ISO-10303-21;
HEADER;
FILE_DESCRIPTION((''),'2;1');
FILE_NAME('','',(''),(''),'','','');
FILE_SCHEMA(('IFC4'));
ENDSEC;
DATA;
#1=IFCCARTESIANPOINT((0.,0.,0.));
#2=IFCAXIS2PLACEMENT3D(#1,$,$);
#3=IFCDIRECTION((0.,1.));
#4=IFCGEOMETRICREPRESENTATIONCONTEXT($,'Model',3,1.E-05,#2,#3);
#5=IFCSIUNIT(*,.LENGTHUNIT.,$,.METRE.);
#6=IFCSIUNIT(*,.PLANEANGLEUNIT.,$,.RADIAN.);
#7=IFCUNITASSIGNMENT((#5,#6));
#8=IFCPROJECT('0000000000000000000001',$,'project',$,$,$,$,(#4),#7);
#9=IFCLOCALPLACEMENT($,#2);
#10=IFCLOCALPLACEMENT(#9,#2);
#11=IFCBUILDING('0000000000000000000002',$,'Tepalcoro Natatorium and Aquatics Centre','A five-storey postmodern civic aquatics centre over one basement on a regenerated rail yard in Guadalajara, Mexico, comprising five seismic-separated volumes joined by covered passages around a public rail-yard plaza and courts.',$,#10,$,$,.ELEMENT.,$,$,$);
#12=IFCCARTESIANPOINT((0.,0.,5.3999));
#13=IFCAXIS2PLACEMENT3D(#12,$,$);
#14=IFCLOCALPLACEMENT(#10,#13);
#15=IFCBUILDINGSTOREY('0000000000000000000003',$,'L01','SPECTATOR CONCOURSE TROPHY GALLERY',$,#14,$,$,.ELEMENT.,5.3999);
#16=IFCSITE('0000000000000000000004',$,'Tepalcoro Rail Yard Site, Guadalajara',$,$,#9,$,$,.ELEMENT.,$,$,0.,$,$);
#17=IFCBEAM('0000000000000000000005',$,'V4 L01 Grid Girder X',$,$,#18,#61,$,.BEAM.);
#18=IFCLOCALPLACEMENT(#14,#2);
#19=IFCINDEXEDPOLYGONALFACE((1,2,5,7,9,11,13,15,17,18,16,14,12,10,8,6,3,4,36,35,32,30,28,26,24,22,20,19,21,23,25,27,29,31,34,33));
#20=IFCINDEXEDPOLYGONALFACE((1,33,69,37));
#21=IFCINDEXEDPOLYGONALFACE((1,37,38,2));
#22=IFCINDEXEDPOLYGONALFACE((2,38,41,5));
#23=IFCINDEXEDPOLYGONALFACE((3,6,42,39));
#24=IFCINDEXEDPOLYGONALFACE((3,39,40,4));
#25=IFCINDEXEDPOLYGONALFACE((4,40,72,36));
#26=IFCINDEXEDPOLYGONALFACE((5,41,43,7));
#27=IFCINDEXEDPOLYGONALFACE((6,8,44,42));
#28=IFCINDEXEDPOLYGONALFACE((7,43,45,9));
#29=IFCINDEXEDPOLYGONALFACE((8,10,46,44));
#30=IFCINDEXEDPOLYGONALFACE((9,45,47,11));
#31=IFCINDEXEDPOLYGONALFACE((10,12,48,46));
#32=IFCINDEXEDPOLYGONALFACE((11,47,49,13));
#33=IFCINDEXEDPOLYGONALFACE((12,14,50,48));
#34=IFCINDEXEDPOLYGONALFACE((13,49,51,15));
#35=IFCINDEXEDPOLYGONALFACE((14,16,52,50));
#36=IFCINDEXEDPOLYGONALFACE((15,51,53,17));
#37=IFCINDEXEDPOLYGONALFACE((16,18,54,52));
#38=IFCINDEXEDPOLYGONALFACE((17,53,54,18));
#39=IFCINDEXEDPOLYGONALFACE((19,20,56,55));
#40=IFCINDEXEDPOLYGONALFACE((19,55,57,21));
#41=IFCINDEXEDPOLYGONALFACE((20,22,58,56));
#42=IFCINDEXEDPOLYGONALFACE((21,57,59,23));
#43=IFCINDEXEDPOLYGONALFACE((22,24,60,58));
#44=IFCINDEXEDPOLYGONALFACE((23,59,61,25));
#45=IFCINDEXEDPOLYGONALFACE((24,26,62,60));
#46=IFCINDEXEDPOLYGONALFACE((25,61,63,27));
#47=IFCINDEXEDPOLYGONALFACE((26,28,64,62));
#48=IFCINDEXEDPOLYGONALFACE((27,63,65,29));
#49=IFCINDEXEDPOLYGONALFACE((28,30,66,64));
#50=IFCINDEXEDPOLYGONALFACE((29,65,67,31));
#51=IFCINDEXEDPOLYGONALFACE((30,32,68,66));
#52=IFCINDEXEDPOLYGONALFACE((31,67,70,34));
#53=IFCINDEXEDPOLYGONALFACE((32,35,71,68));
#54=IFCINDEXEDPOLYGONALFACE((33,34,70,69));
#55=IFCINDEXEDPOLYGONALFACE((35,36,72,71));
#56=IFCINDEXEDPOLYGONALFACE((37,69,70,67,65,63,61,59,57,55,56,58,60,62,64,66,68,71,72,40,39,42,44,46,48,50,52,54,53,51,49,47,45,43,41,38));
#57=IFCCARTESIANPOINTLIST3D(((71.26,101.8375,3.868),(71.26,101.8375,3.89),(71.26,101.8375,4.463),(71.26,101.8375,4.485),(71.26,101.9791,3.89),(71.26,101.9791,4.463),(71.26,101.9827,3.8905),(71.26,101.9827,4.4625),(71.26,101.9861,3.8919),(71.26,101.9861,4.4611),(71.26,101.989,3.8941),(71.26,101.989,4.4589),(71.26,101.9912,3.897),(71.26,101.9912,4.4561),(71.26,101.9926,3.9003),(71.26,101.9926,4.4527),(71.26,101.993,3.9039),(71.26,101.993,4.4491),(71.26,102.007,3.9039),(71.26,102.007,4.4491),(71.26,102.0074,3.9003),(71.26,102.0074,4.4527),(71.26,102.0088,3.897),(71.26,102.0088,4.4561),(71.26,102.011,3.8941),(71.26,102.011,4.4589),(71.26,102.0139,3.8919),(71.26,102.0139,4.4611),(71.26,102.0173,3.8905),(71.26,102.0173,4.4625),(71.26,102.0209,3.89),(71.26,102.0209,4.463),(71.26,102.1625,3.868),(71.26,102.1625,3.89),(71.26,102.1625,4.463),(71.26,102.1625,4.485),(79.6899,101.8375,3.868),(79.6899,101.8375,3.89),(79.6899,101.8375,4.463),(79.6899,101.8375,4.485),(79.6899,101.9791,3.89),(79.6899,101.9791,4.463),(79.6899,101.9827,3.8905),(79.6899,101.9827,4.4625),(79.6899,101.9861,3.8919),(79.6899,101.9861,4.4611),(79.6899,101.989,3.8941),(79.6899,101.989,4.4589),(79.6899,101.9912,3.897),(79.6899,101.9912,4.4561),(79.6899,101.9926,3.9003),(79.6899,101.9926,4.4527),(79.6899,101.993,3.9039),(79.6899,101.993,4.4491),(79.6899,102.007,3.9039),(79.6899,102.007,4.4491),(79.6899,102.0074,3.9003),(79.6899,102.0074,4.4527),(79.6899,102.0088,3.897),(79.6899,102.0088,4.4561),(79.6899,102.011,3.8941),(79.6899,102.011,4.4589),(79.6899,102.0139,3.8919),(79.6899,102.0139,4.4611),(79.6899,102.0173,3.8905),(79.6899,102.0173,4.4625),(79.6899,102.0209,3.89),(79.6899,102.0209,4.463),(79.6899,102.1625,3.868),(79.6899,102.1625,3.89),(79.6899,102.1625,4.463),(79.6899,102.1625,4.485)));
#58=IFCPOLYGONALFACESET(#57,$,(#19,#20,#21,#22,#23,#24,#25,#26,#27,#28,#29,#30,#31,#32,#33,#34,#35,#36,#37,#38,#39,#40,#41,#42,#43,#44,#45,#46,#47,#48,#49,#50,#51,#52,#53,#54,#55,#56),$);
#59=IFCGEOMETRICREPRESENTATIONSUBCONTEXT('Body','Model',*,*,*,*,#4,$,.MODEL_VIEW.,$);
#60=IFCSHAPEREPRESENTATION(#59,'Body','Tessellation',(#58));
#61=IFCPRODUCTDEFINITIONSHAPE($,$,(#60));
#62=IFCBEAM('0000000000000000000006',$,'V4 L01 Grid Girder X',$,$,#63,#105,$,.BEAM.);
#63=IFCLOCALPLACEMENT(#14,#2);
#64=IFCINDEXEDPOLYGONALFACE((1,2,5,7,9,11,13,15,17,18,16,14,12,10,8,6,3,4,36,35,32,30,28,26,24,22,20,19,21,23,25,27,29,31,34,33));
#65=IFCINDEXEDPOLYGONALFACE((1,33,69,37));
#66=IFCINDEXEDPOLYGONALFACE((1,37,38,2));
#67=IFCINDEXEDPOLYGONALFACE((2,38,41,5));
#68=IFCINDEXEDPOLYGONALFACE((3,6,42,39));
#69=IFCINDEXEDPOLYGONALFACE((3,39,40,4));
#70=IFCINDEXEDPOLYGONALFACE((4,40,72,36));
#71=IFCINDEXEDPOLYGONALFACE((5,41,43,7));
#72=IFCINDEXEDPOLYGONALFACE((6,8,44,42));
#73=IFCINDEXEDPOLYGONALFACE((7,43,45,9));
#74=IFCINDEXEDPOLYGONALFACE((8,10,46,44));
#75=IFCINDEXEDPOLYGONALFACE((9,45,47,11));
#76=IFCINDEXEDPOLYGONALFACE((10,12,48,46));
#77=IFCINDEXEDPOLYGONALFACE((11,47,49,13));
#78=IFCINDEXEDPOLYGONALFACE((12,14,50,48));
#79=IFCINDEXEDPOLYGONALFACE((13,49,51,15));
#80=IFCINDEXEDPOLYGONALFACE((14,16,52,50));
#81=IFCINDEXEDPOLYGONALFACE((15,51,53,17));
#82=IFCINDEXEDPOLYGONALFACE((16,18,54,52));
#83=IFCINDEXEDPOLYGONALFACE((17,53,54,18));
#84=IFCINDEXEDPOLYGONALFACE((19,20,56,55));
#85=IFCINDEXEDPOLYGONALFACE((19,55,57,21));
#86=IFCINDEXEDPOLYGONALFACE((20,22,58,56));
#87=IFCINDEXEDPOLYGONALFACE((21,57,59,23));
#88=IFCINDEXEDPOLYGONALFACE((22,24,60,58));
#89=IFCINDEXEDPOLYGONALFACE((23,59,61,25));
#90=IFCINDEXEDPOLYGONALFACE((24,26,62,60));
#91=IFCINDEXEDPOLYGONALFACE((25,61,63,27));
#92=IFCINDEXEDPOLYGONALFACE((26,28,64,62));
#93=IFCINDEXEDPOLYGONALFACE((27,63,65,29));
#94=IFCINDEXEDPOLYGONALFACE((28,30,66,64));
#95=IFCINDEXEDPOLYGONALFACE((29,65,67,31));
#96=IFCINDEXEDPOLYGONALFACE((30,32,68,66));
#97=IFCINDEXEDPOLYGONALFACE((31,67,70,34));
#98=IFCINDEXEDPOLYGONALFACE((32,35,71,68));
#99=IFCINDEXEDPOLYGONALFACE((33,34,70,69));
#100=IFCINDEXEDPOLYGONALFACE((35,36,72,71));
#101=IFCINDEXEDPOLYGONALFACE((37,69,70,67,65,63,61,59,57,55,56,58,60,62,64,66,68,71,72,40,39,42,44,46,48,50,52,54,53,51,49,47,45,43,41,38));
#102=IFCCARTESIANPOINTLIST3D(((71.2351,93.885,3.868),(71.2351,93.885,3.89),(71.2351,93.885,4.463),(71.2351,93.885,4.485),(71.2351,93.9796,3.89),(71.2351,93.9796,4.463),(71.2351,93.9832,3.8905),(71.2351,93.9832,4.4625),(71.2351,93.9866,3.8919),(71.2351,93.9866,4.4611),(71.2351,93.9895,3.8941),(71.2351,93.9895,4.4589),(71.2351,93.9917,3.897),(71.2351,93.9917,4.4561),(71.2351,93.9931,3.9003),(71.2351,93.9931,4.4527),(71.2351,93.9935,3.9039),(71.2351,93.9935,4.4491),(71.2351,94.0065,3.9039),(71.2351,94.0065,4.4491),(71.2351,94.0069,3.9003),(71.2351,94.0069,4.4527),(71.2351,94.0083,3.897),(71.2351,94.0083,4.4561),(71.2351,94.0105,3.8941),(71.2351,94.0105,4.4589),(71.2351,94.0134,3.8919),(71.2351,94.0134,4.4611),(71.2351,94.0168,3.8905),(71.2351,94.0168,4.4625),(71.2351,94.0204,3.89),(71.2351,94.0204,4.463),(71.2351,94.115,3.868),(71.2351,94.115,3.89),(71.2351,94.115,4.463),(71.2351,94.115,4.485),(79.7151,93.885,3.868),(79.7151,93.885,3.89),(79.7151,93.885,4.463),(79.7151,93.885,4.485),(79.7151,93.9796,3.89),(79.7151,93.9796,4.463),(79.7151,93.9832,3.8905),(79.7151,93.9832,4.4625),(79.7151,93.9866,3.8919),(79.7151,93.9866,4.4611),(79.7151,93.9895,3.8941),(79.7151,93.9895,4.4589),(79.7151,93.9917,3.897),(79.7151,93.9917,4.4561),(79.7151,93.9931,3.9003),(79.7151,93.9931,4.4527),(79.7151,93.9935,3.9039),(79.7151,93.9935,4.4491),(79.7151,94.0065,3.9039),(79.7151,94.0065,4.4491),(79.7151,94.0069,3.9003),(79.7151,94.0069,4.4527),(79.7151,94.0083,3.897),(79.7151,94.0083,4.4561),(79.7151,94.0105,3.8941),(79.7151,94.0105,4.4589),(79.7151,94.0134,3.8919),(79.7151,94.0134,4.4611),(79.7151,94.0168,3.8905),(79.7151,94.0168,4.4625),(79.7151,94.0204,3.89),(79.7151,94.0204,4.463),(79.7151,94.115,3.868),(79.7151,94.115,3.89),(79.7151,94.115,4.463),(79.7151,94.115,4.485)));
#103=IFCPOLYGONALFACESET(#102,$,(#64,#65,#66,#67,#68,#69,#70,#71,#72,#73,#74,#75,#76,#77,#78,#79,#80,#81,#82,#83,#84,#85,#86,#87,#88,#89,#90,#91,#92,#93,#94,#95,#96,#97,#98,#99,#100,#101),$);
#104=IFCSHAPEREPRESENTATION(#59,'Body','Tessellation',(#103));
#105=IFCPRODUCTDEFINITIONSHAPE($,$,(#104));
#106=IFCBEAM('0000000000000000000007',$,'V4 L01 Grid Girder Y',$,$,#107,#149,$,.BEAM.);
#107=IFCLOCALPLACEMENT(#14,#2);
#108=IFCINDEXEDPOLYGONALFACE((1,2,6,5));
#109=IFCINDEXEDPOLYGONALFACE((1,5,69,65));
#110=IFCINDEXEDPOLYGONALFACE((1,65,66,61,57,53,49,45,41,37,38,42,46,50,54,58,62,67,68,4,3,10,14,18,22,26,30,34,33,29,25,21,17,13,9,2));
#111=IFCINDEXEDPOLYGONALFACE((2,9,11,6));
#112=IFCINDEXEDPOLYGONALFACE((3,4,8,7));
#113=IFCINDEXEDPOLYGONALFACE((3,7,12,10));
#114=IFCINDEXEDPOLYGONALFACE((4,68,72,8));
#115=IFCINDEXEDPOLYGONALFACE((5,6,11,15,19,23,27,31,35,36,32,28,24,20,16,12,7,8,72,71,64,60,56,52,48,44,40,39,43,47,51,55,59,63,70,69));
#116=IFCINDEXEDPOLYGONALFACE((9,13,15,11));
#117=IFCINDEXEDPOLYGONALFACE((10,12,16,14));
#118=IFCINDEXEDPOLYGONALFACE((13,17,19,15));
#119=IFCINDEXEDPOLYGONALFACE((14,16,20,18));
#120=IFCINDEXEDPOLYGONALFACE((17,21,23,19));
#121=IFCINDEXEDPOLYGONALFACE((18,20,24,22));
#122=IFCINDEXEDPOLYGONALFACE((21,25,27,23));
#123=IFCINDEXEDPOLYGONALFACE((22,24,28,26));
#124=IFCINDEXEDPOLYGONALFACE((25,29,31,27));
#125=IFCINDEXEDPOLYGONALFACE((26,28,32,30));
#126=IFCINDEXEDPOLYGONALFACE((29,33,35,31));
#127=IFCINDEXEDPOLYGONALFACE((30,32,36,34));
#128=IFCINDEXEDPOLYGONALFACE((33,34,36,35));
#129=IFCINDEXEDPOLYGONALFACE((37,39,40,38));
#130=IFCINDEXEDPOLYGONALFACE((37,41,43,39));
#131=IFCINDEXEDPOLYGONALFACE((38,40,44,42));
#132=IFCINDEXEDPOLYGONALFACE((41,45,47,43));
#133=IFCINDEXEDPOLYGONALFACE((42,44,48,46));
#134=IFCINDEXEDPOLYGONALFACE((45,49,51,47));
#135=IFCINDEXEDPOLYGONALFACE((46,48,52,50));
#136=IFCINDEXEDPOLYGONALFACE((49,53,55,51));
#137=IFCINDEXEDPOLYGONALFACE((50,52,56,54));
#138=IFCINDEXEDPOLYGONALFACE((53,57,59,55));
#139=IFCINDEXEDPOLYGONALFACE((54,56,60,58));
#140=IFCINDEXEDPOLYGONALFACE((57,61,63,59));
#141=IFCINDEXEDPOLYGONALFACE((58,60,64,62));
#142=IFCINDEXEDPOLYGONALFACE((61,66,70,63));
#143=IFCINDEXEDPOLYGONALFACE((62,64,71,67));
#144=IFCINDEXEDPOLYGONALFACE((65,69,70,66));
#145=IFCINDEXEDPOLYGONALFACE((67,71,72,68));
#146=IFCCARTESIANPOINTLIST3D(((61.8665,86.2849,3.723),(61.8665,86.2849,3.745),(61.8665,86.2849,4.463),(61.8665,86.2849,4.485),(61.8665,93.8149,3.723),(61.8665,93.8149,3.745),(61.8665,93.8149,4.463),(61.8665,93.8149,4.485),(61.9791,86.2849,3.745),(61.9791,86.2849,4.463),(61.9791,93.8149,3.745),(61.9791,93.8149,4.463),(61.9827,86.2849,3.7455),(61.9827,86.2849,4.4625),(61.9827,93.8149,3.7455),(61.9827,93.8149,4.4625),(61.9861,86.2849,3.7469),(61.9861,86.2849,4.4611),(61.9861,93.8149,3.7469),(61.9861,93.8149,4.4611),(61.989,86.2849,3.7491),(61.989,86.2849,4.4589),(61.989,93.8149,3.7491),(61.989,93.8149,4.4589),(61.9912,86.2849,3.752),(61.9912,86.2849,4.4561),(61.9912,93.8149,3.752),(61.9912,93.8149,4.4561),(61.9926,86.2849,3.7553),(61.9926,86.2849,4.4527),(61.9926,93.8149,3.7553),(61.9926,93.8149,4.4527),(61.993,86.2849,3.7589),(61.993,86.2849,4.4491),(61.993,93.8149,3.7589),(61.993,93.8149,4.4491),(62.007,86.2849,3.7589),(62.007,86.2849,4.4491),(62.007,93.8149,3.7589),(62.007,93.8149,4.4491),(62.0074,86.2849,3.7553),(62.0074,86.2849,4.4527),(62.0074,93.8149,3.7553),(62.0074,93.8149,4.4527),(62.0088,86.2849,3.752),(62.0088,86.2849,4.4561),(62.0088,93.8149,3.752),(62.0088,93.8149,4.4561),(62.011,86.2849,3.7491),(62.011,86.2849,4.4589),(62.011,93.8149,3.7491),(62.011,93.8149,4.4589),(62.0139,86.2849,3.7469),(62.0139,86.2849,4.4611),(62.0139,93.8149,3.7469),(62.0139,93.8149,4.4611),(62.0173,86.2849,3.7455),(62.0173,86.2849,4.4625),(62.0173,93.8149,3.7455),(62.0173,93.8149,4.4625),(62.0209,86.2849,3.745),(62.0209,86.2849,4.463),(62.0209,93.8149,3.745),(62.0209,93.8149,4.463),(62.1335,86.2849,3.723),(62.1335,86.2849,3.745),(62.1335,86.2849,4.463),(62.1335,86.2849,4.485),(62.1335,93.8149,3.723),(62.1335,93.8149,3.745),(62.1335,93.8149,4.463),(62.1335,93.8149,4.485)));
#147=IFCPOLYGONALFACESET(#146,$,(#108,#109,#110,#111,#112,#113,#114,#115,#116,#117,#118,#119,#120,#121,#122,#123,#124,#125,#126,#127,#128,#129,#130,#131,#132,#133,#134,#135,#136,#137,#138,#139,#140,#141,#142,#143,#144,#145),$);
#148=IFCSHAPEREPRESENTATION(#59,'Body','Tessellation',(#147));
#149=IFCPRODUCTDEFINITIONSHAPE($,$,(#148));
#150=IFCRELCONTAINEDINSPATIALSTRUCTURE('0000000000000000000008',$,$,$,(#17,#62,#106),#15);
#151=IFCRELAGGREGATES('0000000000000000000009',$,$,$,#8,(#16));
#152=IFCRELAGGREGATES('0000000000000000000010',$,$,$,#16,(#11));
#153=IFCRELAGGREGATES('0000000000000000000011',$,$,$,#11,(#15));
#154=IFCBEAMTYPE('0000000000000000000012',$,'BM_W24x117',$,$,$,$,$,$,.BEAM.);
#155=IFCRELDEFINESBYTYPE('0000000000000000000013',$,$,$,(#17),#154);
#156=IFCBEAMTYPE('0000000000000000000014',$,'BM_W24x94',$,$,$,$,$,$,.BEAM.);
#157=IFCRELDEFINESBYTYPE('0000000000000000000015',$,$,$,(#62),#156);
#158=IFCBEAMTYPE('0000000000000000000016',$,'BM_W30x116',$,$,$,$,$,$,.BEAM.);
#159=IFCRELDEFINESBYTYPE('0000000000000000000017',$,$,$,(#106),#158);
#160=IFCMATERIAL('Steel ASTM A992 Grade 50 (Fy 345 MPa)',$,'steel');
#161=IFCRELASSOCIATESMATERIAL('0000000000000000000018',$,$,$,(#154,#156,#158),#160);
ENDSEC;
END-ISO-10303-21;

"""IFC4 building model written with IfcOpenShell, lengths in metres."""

from ifc_helpers import new_model, si_unit, direction, frame, origin, origin_2d, place, context, subcontext, project, spatial, i_section, extrude, material, material_profile, profile_set, type_object, element, save


model = new_model("IFC4")

# Units and contexts
model_context = context("Model", 3, precision=1e-05, world=origin(), true_north=direction((0.0, 1.0)))
body_context = subcontext(model_context, "Body", "Model", "MODEL_VIEW")
ifc_project = project(units=[si_unit("LENGTHUNIT", "METRE"), si_unit("PLANEANGLEUNIT", "RADIAN")], contexts=[model_context])

# Site, building, storey
site_placement = place(None, origin())
site = spatial("IfcSite", under=ifc_project, at=site_placement, Name="Tepalcoro Rail Yard Site, Guadalajara", CompositionType="ELEMENT", RefElevation=0.0)
building_placement = place(site_placement, origin())
building = spatial("IfcBuilding", under=site, at=building_placement, Name="Tepalcoro Natatorium and Aquatics Centre", Description="A five-storey postmodern civic aquatics centre over one basement on a regenerated rail yard in Guadalajara, Mexico, comprising five seismic-separated volumes joined by covered passages around a public rail-yard plaza and courts.", CompositionType="ELEMENT")
storey_placement = place(building_placement, frame((0.0, 0.0, 5.3999)))
storey = spatial("IfcBuildingStorey", under=building, at=storey_placement, Name="L01", Description="SPECTATOR CONCOURSE TROPHY GALLERY", CompositionType="ELEMENT", Elevation=5.3999)

# Beams
ifc_material_1 = material(Name="Steel ASTM A992 Grade 50 (Fy 345 MPa)", Category="steel")
ifc_material_profile_1 = material_profile(ifc_material_1, i_section(OverallWidth=0.325, OverallDepth=0.6169, WebThickness=0.0139, FlangeThickness=0.022, FilletRadius=0.0139, at=origin_2d()), Name="W24X117")
ifc_profile_set_1 = profile_set([ifc_material_profile_1], Name="Steel ASTM A992 Grade 50 (Fy 345 MPa)")
beam_type_1 = type_object("IfcBeamType", Name="BM_W24x117", PredefinedType="BEAM", material=ifc_profile_set_1)
beam_1_placement = place(storey_placement, frame((71.26, 102.0, 4.1765), z_axis=(1.0, 0.0, 0.0), x_axis=(0.0, 1.0, 0.0)))
element("IfcBeam", 1, at=beam_1_placement, inside=storey, type_object=beam_type_1, Name="V4 L01 Grid Girder X", PredefinedType="BEAM", context=body_context, shape_type="SweptSolid", body=[
    extrude(i_section(OverallWidth=0.325, OverallDepth=0.6169, WebThickness=0.0139, FlangeThickness=0.022, FilletRadius=0.0139, at=origin_2d()), origin(), (0.0, 0.0, 1.0), 8.4299),
])
ifc_material_profile_2 = material_profile(ifc_material_1, i_section(OverallWidth=0.23, OverallDepth=0.6169, WebThickness=0.0129, FlangeThickness=0.022, FilletRadius=0.0139, at=origin_2d()), Name="W24X94")
ifc_profile_set_2 = profile_set([ifc_material_profile_2], Name="Steel ASTM A992 Grade 50 (Fy 345 MPa)")
beam_type_2 = type_object("IfcBeamType", Name="BM_W24x94", PredefinedType="BEAM", material=ifc_profile_set_2)
beam_2_placement = place(storey_placement, frame((71.2351, 94.0, 4.1765), z_axis=(1.0, 0.0, 0.0), x_axis=(0.0, 1.0, 0.0)))
element("IfcBeam", 2, at=beam_2_placement, inside=storey, type_object=beam_type_2, Name="V4 L01 Grid Girder X", PredefinedType="BEAM", context=body_context, shape_type="SweptSolid", body=[
    extrude(i_section(OverallWidth=0.23, OverallDepth=0.6169, WebThickness=0.0129, FlangeThickness=0.022, FilletRadius=0.0139, at=origin_2d()), origin(), (0.0, 0.0, 1.0), 8.48),
])
ifc_material_profile_3 = material_profile(ifc_material_1, i_section(OverallWidth=0.2671, OverallDepth=0.762, WebThickness=0.0139, FlangeThickness=0.022, FilletRadius=0.0139, at=origin_2d()), Name="W30X116")
ifc_profile_set_3 = profile_set([ifc_material_profile_3], Name="Steel ASTM A992 Grade 50 (Fy 345 MPa)")
beam_type_3 = type_object("IfcBeamType", Name="BM_W30x116", PredefinedType="BEAM", material=ifc_profile_set_3)
beam_3_placement = place(storey_placement, frame((62.0, 86.2849, 4.104), z_axis=(0.0, 1.0, 0.0), x_axis=(-1.0, 0.0, 0.0)))
element("IfcBeam", 3, at=beam_3_placement, inside=storey, type_object=beam_type_3, Name="V4 L01 Grid Girder Y", PredefinedType="BEAM", context=body_context, shape_type="SweptSolid", body=[
    extrude(i_section(OverallWidth=0.2671, OverallDepth=0.762, WebThickness=0.0139, FlangeThickness=0.022, FilletRadius=0.0139, at=origin_2d()), origin(), (0.0, 0.0, 1.0), 7.53),
])

save(model, "model.ifc")
